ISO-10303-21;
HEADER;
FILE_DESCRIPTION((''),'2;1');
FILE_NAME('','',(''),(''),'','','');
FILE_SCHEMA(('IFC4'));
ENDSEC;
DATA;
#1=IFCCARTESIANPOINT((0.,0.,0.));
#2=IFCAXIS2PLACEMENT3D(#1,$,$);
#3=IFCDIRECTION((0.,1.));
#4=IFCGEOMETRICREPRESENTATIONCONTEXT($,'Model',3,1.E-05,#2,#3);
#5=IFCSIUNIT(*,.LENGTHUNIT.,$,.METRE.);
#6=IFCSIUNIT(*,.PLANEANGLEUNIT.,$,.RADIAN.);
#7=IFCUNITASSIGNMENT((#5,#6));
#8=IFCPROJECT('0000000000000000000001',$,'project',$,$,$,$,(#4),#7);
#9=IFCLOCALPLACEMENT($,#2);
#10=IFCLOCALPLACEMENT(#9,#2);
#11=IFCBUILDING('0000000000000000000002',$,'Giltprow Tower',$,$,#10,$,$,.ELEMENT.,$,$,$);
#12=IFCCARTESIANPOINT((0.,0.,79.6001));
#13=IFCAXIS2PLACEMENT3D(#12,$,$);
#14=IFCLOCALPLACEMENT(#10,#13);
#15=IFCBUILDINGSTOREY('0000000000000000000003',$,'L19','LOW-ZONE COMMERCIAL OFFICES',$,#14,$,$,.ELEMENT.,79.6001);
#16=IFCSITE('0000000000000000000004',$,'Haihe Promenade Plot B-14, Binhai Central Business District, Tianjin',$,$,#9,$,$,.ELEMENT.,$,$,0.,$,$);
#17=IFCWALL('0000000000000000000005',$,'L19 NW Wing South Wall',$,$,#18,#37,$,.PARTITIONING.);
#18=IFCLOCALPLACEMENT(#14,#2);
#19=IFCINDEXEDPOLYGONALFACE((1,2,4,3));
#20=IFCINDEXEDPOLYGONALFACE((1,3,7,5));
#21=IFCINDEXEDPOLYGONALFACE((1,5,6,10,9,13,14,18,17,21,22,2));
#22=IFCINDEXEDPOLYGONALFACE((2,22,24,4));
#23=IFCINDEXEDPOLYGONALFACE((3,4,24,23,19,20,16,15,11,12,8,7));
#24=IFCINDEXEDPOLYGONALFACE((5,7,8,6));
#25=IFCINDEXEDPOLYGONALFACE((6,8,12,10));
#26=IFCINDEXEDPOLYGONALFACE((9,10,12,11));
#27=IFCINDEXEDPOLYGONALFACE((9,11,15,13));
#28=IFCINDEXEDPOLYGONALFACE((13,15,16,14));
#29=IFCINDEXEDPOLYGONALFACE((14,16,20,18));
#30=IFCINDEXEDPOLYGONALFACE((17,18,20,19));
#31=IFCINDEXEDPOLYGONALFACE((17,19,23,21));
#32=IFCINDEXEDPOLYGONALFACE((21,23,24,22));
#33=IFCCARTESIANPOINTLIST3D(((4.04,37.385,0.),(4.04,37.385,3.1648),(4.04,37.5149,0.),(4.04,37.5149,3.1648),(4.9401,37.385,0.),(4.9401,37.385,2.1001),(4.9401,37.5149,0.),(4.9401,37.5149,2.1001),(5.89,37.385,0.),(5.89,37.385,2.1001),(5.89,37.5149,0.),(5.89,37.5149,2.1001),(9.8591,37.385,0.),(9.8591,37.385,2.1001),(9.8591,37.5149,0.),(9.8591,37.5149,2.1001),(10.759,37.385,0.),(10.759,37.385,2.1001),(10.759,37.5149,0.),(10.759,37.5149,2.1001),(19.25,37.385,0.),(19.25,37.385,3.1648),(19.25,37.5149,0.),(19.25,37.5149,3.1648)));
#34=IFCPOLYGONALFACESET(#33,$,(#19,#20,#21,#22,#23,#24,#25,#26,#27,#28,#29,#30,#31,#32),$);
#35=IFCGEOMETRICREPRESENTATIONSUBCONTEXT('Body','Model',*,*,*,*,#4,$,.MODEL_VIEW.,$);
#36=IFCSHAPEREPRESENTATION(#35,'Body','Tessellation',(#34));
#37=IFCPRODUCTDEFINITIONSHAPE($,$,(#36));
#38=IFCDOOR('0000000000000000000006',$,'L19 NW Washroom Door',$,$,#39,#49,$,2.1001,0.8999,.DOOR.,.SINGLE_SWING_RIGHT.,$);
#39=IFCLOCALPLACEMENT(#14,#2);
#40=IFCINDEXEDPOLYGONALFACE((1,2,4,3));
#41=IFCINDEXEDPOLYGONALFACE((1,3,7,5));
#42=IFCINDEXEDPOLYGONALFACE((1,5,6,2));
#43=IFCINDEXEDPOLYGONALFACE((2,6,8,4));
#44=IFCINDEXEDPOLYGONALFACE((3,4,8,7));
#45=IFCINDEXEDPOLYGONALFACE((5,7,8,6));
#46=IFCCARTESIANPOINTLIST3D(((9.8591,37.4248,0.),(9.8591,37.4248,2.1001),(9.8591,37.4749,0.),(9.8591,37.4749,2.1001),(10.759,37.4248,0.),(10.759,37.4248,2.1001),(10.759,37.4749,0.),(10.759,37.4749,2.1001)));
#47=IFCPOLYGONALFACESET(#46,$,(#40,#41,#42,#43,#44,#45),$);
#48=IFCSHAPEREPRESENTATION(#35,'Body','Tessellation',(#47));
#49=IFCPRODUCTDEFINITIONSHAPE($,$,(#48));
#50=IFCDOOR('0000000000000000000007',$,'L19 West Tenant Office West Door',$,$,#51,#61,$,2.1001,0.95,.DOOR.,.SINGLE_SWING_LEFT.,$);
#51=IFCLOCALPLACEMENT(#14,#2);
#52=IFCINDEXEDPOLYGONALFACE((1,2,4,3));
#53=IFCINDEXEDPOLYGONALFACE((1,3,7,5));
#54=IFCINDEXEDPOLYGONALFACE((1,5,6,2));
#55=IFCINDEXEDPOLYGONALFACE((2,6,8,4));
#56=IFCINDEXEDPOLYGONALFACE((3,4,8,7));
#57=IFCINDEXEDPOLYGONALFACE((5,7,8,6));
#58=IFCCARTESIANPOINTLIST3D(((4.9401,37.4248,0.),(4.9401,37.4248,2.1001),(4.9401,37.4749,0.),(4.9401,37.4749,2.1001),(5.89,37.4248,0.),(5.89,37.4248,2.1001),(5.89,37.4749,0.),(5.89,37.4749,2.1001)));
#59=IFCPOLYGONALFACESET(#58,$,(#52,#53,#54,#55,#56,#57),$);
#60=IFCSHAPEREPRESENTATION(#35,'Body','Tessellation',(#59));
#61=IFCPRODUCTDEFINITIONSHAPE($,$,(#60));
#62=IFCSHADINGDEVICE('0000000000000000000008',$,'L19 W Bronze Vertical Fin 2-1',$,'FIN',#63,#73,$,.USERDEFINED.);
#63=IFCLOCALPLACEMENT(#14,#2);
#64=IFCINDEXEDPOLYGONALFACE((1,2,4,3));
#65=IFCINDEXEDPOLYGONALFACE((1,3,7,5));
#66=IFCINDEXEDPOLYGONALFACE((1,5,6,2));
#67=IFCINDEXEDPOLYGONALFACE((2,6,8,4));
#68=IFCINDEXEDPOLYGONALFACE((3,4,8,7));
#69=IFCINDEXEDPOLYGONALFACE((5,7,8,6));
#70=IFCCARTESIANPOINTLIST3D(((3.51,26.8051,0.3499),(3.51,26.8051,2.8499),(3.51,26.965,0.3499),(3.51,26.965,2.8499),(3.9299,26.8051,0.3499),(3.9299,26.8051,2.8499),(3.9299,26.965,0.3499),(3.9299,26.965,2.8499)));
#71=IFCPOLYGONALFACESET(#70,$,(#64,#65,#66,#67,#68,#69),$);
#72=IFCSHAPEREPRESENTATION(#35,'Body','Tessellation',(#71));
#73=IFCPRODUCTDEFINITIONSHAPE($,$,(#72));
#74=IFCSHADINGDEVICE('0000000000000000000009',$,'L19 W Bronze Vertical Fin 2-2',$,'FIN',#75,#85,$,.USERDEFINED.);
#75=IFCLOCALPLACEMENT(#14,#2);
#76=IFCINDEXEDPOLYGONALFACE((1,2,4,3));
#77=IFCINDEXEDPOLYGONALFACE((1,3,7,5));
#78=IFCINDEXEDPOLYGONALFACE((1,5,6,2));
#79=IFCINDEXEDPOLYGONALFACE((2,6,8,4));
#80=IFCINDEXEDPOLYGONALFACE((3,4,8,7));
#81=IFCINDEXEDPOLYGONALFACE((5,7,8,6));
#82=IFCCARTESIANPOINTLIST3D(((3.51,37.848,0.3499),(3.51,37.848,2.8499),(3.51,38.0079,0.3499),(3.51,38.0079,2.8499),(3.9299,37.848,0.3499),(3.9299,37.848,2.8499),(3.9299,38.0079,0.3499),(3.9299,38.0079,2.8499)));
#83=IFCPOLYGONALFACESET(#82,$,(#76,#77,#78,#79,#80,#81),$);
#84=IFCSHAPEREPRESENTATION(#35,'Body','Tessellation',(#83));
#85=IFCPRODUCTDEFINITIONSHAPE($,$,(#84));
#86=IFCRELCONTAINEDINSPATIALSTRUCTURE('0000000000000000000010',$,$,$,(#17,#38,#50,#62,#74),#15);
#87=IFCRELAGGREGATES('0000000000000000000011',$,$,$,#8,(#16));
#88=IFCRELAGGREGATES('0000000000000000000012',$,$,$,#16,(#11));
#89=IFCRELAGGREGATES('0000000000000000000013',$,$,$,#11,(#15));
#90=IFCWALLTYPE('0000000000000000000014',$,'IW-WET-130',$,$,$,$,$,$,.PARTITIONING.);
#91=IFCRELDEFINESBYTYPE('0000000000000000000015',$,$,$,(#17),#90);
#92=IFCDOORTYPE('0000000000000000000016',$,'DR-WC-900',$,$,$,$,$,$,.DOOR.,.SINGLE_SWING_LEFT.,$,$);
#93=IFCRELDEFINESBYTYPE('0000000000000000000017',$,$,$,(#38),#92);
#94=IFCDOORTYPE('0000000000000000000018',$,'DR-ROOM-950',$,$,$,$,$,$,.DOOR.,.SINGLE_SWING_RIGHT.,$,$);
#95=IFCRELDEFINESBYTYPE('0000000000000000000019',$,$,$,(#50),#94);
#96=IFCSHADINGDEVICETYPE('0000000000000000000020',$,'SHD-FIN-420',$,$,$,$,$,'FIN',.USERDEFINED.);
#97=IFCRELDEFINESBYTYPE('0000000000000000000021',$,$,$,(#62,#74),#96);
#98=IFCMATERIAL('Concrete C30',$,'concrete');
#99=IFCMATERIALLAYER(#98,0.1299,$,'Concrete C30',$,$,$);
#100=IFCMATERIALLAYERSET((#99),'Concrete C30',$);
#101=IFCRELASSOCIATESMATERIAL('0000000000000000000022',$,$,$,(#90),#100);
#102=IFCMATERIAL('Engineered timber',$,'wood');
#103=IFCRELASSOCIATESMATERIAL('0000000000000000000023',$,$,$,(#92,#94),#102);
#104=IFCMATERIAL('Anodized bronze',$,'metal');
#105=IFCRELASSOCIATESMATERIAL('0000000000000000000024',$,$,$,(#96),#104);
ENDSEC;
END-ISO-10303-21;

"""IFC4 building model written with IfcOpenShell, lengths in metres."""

from ifc_helpers import new_model, si_unit, direction, frame, frame_2d, origin, origin_2d, place, context, subcontext, project, spatial, rectangle, extrude, source, transform, mapped, material, layer, layer_set, type_object, element, fill, save


model = new_model("IFC4")

# Units and contexts
model_context = context("Model", 3, precision=1e-05, world=origin(), true_north=direction((0.0, 1.0)))
body_context = subcontext(model_context, "Body", "Model", "MODEL_VIEW")
ifc_project = project(units=[si_unit("LENGTHUNIT", "METRE"), si_unit("PLANEANGLEUNIT", "RADIAN")], contexts=[model_context])

# Site, building, storey
site_placement = place(None, origin())
site = spatial("IfcSite", under=ifc_project, at=site_placement, Name="Haihe Promenade Plot B-14, Binhai Central Business District, Tianjin", CompositionType="ELEMENT", RefElevation=0.0)
building_placement = place(site_placement, origin())
building = spatial("IfcBuilding", under=site, at=building_placement, Name="Giltprow Tower", CompositionType="ELEMENT")
storey_placement = place(building_placement, frame((0.0, 0.0, 79.6001)))
storey = spatial("IfcBuildingStorey", under=building, at=storey_placement, Name="L19", Description="LOW-ZONE COMMERCIAL OFFICES", CompositionType="ELEMENT", Elevation=79.6001)

# Wall, openings, doors
ifc_material_1 = material(Name="Engineered timber", Category="wood")
ifc_material_2 = material(Name="Concrete C30", Category="concrete")
ifc_layer_1 = layer(ifc_material_2, 0.1299, Name="Concrete C30")
ifc_layer_set_1 = layer_set([ifc_layer_1], Name="Concrete C30")
wall_type_1 = type_object("IfcWallType", Name="IW-WET-130", PredefinedType="PARTITIONING", material=ifc_layer_set_1)
wall_1_placement = place(storey_placement, frame((4.04, 37.45, 0.0), z_axis=(0.0, 0.0, 1.0), x_axis=(1.0, 0.0, 0.0)))
wall_1 = element("IfcWall", 1, at=wall_1_placement, inside=storey, type_object=wall_type_1, Name="L19 NW Wing South Wall", PredefinedType="PARTITIONING", context=body_context, shape_type="SweptSolid", body=[
    extrude(rectangle(XDim=15.21, YDim=0.1299, at=frame_2d((7.605, 0.0))), origin(), (0.0, 0.0, 1.0), 3.1648),
])
opening_1_placement = place(wall_1_placement, frame((0.8999, 0.0, 0.0)))
opening_1 = element("IfcOpeningElement", 2, at=opening_1_placement, cuts=wall_1, PredefinedType="OPENING", context=body_context, shape_type="SweptSolid", body=[
    extrude(rectangle(XDim=0.95, YDim=2.1001, at=frame_2d((0.4751, 1.05))), frame((0.0, 0.075, 0.0), z_axis=(0.0, -1.0, 0.0), x_axis=(1.0, 0.0, 0.0)), (0.0, 0.0, 1.0), 0.1499),
])
opening_2_placement = place(wall_1_placement, frame((5.8191, 0.0, 0.0)))
opening_2 = element("IfcOpeningElement", 3, at=opening_2_placement, cuts=wall_1, PredefinedType="OPENING", context=body_context, shape_type="SweptSolid", body=[
    extrude(rectangle(XDim=0.8999, YDim=2.1001, at=frame_2d((0.45, 1.05))), frame((0.0, 0.075, 0.0), z_axis=(0.0, -1.0, 0.0), x_axis=(1.0, 0.0, 0.0)), (0.0, 0.0, 1.0), 0.1499),
])
door_type_1 = type_object("IfcDoorType", Name="DR-WC-900", OperationType="SINGLE_SWING_LEFT", PredefinedType="DOOR", material=ifc_material_1)
shared_shape_1 = source(origin(), body_context, "Body", "SweptSolid", [
    extrude(rectangle(XDim=0.8999, YDim=2.1001, at=frame_2d((0.45, 1.05))), frame((0.0, 0.0249, 0.0), z_axis=(0.0, -1.0, 0.0), x_axis=(1.0, 0.0, 0.0)), (0.0, 0.0, 1.0), 0.05),
])
door_1_placement = place(opening_2_placement, origin())
door_1 = element("IfcDoor", 4, at=door_1_placement, inside=storey, type_object=door_type_1, Name="L19 NW Washroom Door", OperationType="SINGLE_SWING_RIGHT", OverallHeight=2.1001, OverallWidth=0.8999, PredefinedType="DOOR", context=body_context, shape_type="MappedRepresentation", body=[
    mapped(shared_shape_1, transform((0.0, 0.0, 0.0), x_axis=(1.0, 0.0, 0.0), y_axis=(0.0, 1.0, 0.0), z_axis=(0.0, 0.0, 1.0), scale=1.0)),
])
fill(opening_2, door_1)
door_type_2 = type_object("IfcDoorType", Name="DR-ROOM-950", OperationType="SINGLE_SWING_RIGHT", PredefinedType="DOOR", material=ifc_material_1)
shared_shape_2 = source(origin(), body_context, "Body", "SweptSolid", [
    extrude(rectangle(XDim=0.95, YDim=2.1001, at=frame_2d((0.4751, 1.05))), frame((0.0, 0.0249, 0.0), z_axis=(0.0, -1.0, 0.0), x_axis=(1.0, 0.0, 0.0)), (0.0, 0.0, 1.0), 0.05),
])
door_2_placement = place(opening_1_placement, origin())
door_2 = element("IfcDoor", 5, at=door_2_placement, inside=storey, type_object=door_type_2, Name="L19 West Tenant Office West Door", OperationType="SINGLE_SWING_LEFT", OverallHeight=2.1001, OverallWidth=0.95, PredefinedType="DOOR", context=body_context, shape_type="MappedRepresentation", body=[
    mapped(shared_shape_2, transform((0.0, 0.0, 0.0), x_axis=(1.0, 0.0, 0.0), y_axis=(0.0, 1.0, 0.0), z_axis=(0.0, 0.0, 1.0), scale=1.0)),
])
fill(opening_1, door_2)

# Shading devices
ifc_material_3 = material(Name="Anodized bronze", Category="metal")
shading_device_type = type_object("IfcShadingDeviceType", Name="SHD-FIN-420", ElementType="FIN", PredefinedType="USERDEFINED", material=ifc_material_3)
shared_shape_3 = source(origin(), body_context, "Body", "SweptSolid", [
    extrude(rectangle(XDim=0.4199, YDim=0.1599, at=origin_2d()), origin(), (0.0, 0.0, 1.0), 2.5),
])
for number, where, z_axis, x_axis, name in (
    (6, (3.72, 26.885, 0.3499), (0.0, 0.0, 1.0), (1.0, 0.0, 0.0), "L19 W Bronze Vertical Fin 2-1"),
    (7, (3.72, 37.928, 0.3499), (0.0, 0.0, 1.0), (1.0, 0.0, 0.0), "L19 W Bronze Vertical Fin 2-2"),
):
    element("IfcShadingDevice", number, at=place(storey_placement, frame(where, z_axis=z_axis, x_axis=x_axis)), inside=storey, type_object=shading_device_type, Name=name, ObjectType="FIN", PredefinedType="USERDEFINED", context=body_context, shape_type="MappedRepresentation", body=[
        mapped(shared_shape_3, transform((0.0, 0.0, 0.0), x_axis=(1.0, 0.0, 0.0), y_axis=(0.0, 1.0, 0.0), z_axis=(0.0, 0.0, 1.0), scale=1.0)),
    ])

save(model, "model.ifc")
